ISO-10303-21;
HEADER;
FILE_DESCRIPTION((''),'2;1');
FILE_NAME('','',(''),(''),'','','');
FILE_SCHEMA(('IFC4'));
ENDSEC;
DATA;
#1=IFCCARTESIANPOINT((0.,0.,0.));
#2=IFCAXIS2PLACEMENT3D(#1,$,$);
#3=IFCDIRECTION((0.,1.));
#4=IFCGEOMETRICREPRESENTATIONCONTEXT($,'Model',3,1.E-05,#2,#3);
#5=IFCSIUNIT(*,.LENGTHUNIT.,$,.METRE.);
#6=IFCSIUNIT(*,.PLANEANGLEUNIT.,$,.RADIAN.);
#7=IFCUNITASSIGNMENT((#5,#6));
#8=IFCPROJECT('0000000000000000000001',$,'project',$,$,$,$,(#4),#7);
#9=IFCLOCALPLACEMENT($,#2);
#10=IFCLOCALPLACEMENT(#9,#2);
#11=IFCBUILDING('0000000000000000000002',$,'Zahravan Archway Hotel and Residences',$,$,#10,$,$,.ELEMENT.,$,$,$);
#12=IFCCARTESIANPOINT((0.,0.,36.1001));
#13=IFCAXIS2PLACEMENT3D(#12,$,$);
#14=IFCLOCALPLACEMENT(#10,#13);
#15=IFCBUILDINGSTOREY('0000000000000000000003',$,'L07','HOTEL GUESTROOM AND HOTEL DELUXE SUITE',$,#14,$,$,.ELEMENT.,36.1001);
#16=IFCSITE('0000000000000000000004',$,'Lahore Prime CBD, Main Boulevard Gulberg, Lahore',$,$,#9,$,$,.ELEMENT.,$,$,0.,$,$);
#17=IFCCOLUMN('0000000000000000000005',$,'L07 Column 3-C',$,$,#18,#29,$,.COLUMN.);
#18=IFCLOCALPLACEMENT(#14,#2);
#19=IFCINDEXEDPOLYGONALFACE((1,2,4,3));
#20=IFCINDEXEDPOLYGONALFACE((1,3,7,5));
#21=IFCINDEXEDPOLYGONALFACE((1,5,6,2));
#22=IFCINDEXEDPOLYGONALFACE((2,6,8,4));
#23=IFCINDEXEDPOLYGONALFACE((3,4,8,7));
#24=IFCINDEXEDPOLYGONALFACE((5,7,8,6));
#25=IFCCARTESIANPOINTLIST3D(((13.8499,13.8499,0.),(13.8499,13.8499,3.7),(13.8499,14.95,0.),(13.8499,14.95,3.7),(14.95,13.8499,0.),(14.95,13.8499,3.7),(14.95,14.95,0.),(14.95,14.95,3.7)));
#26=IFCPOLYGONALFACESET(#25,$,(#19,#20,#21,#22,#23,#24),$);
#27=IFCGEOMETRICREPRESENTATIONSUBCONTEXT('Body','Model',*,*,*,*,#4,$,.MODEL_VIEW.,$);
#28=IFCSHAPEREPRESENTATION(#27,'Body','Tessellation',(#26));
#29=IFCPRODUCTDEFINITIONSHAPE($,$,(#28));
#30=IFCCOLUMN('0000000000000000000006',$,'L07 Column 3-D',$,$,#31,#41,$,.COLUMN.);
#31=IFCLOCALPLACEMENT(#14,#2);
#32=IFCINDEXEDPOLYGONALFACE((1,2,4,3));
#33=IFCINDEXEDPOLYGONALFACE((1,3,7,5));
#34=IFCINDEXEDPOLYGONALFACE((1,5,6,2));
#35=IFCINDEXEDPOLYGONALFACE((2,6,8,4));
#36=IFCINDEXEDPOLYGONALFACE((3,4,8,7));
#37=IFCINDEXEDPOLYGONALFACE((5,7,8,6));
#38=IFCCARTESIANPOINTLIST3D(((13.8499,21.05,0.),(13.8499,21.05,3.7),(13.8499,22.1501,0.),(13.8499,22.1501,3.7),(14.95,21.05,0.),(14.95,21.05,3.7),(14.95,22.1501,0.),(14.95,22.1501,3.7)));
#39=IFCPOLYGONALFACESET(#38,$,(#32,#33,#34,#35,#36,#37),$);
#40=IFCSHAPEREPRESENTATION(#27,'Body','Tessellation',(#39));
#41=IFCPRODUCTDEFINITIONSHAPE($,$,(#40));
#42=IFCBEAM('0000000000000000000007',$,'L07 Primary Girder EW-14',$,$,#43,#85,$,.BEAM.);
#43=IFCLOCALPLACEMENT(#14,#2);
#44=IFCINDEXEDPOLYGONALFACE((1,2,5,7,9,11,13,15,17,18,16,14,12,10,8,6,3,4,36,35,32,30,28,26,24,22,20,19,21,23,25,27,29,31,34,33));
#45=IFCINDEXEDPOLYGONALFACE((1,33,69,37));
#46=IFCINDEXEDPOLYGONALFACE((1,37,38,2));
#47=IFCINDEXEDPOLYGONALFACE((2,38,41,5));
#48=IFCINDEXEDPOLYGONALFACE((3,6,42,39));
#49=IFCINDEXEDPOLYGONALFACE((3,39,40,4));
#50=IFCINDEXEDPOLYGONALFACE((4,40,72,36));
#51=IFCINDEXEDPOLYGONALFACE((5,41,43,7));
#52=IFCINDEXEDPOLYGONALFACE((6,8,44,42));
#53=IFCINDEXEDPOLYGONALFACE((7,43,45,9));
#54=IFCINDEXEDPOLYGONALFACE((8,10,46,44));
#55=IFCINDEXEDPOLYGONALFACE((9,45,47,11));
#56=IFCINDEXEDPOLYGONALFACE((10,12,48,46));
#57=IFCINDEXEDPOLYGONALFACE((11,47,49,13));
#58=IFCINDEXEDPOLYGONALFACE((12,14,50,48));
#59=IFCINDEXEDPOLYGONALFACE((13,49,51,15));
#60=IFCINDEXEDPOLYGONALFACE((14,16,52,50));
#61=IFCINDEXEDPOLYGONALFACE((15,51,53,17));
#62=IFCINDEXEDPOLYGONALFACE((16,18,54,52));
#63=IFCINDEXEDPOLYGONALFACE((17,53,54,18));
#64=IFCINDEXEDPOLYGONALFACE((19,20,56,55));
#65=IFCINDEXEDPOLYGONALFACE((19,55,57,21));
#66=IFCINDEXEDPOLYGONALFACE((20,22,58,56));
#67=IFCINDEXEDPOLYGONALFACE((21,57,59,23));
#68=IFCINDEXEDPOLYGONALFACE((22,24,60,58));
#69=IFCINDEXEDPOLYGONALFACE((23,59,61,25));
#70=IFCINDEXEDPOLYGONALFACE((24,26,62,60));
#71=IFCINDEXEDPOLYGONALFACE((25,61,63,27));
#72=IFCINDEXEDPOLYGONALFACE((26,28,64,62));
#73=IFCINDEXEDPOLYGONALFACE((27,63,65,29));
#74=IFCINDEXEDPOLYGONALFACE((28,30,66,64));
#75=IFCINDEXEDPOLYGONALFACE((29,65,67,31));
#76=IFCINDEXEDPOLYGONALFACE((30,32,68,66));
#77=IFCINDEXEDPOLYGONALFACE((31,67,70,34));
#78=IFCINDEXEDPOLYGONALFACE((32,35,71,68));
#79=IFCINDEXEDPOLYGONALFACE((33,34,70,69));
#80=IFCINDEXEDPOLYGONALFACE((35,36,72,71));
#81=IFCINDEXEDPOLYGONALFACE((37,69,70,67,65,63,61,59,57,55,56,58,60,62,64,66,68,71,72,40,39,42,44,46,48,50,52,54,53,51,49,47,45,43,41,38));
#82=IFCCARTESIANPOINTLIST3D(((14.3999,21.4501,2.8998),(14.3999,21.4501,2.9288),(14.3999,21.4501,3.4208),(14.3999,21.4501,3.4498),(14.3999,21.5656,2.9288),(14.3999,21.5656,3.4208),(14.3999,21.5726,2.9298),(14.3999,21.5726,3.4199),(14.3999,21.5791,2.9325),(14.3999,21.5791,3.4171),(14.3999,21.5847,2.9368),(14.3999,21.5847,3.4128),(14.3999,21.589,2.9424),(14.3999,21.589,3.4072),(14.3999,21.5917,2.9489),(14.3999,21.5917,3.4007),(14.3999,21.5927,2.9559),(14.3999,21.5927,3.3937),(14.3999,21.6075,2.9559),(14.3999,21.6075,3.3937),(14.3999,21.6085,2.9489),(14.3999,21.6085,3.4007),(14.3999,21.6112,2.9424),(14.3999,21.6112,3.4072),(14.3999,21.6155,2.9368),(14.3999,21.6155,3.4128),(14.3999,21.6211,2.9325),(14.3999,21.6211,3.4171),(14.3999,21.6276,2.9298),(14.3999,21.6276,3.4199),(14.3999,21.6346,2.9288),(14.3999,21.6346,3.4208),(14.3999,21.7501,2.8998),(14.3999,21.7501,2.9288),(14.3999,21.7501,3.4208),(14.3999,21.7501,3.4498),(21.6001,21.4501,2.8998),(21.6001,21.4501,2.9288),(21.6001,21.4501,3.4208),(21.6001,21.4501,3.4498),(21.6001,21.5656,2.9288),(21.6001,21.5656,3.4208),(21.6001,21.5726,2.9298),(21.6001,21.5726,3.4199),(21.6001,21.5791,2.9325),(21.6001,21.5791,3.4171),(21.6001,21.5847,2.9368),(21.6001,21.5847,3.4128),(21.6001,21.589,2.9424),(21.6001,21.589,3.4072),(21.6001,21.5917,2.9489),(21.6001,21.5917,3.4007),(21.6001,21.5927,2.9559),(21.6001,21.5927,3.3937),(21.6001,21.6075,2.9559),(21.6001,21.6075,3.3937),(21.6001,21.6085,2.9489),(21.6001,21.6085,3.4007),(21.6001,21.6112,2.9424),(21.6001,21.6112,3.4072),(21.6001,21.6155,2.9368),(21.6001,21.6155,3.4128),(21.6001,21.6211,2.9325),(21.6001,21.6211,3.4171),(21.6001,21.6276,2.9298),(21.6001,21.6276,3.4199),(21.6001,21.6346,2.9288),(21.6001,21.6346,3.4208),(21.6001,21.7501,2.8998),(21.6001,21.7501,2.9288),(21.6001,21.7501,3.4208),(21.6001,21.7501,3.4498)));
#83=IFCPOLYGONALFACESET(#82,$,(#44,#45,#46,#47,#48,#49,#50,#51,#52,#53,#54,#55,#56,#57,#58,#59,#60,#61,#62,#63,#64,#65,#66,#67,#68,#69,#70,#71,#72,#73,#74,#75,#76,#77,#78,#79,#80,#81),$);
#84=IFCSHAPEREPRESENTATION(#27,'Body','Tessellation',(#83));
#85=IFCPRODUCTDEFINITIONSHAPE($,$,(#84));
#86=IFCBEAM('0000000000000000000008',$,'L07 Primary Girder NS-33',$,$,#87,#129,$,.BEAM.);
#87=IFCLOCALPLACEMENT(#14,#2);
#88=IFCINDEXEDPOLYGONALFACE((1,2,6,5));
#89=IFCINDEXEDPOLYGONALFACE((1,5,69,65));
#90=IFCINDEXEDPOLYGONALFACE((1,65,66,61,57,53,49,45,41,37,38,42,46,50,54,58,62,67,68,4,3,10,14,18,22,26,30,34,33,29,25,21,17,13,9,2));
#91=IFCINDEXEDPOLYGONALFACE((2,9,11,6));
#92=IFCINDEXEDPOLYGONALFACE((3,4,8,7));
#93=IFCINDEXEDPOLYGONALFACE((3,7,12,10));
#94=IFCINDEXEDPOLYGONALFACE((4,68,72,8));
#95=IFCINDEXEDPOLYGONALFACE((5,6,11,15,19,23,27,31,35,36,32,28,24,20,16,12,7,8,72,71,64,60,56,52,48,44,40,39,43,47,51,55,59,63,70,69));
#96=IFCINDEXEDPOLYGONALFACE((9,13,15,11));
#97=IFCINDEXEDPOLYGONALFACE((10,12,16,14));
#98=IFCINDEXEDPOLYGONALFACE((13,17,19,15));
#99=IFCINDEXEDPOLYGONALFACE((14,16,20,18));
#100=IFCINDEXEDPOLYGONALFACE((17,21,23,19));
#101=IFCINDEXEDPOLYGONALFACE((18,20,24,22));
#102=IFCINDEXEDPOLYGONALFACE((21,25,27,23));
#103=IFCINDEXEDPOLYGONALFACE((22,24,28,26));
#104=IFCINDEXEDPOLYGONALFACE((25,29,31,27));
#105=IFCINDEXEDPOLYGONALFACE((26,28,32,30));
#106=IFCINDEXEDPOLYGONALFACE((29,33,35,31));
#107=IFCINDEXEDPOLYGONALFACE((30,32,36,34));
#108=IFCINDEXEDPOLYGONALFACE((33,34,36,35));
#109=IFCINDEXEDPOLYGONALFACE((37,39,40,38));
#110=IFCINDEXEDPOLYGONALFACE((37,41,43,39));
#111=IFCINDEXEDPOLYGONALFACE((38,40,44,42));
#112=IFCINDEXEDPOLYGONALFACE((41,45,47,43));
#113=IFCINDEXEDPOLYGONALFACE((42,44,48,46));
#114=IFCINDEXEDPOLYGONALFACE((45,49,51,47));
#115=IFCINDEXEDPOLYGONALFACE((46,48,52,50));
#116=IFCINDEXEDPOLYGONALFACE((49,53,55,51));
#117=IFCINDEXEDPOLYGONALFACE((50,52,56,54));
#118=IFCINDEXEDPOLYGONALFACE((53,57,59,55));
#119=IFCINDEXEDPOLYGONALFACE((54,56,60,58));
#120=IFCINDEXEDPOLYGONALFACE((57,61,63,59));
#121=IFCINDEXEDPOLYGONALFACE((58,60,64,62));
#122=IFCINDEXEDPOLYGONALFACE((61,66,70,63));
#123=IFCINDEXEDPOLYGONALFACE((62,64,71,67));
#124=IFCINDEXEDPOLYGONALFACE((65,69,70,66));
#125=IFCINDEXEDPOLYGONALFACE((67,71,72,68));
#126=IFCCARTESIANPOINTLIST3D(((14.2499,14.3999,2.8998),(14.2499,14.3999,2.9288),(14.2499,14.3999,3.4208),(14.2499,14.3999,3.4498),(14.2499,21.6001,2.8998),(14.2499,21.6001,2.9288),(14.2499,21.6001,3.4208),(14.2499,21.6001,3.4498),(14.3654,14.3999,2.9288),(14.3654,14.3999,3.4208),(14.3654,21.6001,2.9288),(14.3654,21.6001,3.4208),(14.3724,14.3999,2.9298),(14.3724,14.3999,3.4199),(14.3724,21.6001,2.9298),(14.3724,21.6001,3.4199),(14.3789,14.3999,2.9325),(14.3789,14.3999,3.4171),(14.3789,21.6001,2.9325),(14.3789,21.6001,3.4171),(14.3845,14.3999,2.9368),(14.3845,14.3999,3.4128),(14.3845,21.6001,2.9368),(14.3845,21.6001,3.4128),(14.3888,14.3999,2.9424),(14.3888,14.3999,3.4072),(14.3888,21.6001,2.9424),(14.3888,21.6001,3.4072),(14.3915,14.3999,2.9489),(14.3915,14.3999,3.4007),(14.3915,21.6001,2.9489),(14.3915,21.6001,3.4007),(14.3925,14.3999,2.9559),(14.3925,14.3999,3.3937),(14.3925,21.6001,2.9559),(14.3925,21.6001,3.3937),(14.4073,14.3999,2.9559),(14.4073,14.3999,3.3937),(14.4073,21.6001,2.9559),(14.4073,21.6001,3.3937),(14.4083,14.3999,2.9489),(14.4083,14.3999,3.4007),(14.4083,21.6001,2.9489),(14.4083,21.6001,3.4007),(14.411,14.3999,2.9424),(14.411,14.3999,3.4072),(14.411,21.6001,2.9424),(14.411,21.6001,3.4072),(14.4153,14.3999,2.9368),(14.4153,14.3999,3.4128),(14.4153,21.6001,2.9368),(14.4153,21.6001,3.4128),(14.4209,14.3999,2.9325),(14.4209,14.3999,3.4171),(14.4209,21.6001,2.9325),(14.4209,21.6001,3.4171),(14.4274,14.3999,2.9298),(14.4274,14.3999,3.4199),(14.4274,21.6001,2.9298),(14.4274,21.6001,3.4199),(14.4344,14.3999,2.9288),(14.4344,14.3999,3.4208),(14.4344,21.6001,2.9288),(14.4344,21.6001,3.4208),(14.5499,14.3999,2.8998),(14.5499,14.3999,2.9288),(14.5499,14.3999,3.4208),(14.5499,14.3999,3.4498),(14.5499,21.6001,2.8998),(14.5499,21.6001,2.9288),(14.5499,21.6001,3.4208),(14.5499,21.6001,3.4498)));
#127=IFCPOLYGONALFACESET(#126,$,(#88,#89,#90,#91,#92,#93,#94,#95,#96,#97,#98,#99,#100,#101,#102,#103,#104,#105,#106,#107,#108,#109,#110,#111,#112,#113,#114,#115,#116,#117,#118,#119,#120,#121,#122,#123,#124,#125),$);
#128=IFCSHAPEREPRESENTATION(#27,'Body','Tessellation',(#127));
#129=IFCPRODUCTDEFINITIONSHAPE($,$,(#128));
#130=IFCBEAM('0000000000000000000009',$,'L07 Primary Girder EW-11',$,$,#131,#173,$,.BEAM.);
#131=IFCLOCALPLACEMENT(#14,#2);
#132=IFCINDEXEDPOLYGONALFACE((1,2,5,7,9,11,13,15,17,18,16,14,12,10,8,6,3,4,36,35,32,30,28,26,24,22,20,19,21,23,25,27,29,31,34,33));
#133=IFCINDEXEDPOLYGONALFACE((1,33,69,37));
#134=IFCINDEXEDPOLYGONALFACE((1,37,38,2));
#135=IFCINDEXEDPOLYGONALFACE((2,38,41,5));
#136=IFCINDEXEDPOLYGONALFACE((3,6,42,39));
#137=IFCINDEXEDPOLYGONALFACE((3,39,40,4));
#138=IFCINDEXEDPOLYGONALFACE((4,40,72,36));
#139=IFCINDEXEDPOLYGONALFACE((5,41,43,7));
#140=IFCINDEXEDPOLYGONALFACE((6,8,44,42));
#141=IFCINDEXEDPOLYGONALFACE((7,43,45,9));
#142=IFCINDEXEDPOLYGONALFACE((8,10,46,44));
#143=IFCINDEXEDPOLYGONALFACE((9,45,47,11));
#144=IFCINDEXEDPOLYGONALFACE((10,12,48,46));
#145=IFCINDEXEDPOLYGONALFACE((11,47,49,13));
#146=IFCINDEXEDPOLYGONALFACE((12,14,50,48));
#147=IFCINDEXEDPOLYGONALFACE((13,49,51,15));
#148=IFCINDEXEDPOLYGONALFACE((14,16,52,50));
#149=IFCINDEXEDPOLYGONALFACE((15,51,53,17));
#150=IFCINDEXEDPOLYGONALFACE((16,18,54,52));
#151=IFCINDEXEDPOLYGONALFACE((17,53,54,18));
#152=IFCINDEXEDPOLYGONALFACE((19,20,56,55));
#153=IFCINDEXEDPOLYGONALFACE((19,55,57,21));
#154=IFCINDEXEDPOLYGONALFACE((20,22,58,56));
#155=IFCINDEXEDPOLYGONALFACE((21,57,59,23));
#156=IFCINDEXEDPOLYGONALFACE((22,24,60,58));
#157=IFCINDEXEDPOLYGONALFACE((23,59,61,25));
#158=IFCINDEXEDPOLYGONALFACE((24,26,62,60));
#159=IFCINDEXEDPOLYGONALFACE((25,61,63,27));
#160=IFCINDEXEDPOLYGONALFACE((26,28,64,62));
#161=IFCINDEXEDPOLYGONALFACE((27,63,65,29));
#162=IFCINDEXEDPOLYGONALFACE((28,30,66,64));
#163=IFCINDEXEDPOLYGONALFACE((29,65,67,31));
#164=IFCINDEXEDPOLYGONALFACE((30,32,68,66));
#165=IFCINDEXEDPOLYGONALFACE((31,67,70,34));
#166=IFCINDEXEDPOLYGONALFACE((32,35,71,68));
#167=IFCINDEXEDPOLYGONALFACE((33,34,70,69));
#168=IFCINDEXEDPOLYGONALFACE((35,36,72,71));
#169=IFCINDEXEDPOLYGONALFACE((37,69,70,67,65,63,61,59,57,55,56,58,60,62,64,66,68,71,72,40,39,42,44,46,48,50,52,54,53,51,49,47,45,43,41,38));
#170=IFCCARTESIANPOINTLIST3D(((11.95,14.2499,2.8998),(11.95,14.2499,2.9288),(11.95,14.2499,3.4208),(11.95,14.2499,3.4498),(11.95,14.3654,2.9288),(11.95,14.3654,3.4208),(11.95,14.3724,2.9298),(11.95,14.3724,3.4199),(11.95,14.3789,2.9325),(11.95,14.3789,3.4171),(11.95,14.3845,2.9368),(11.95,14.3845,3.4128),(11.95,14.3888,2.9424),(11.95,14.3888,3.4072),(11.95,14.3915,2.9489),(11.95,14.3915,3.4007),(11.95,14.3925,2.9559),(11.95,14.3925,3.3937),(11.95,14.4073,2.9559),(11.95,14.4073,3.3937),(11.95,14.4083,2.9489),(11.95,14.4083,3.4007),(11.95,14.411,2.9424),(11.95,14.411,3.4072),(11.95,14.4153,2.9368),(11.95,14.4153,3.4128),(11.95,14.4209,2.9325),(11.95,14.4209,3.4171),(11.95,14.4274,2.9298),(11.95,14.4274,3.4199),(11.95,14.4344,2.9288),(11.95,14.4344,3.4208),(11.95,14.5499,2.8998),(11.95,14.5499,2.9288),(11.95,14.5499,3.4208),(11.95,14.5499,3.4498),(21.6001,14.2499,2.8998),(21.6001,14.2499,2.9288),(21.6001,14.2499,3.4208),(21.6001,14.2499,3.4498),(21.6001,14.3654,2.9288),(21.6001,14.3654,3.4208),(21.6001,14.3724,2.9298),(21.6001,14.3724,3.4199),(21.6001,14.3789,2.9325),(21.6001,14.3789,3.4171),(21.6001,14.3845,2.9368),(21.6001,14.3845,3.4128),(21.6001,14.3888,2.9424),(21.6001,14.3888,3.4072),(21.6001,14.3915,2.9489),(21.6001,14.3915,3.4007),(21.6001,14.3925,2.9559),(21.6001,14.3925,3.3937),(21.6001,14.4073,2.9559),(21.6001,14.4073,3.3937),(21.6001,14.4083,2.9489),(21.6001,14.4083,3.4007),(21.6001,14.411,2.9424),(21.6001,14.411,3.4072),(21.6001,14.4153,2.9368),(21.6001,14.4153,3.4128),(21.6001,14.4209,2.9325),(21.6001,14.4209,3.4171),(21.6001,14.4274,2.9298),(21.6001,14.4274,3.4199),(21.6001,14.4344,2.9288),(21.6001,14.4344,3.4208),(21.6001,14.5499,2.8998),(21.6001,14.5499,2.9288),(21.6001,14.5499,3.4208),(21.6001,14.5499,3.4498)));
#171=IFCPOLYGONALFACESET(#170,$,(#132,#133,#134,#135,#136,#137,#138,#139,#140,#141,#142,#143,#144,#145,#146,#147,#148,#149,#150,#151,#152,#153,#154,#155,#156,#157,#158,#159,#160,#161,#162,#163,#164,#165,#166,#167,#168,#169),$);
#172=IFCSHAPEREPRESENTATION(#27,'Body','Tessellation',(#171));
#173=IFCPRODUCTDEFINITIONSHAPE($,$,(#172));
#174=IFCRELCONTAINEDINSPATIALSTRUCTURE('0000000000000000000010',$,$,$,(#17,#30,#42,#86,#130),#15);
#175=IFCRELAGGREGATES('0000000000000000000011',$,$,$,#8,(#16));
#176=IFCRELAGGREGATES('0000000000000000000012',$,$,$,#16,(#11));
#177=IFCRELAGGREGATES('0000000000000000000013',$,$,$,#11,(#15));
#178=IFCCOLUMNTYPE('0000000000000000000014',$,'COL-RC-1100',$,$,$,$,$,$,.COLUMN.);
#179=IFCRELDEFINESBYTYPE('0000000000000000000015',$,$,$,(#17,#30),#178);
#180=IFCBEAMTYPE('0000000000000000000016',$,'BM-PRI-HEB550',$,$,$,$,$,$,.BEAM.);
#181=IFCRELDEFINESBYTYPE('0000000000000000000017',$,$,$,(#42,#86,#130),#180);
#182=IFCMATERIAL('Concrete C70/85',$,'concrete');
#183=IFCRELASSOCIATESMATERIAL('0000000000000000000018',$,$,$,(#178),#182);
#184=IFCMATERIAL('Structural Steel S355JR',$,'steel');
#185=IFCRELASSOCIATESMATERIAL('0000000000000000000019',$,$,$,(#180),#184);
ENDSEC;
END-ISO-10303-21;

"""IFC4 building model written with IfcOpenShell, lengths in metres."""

from ifc_helpers import new_model, si_unit, direction, frame, origin, origin_2d, place, context, subcontext, project, spatial, rectangle, i_section, extrude, source, transform, mapped, material, material_profile, profile_set, type_object, type_shapes, element, save


model = new_model("IFC4")

# Units and contexts
model_context = context("Model", 3, precision=1e-05, world=origin(), true_north=direction((0.0, 1.0)))
body_context = subcontext(model_context, "Body", "Model", "MODEL_VIEW")
ifc_project = project(units=[si_unit("LENGTHUNIT", "METRE"), si_unit("PLANEANGLEUNIT", "RADIAN")], contexts=[model_context])

# Site, building, storey
site_placement = place(None, origin())
site = spatial("IfcSite", under=ifc_project, at=site_placement, Name="Lahore Prime CBD, Main Boulevard Gulberg, Lahore", CompositionType="ELEMENT", RefElevation=0.0)
building_placement = place(site_placement, origin())
building = spatial("IfcBuilding", under=site, at=building_placement, Name="Zahravan Archway Hotel and Residences", CompositionType="ELEMENT")
storey_placement = place(building_placement, frame((0.0, 0.0, 36.1001)))
storey = spatial("IfcBuildingStorey", under=building, at=storey_placement, Name="L07", Description="HOTEL GUESTROOM AND HOTEL DELUXE SUITE", CompositionType="ELEMENT", Elevation=36.1001)

# Columns
ifc_material_1 = material(Name="Concrete C70/85", Category="concrete")
ifc_material_profile_1 = material_profile(ifc_material_1, rectangle(XDim=1.1001, YDim=1.1001, at=origin_2d()), Name="RC 1100x1100", Category="concrete")
ifc_profile_set_1 = profile_set([ifc_material_profile_1], Name="Concrete C70/85")
column_type = type_object("IfcColumnType", Name="COL-RC-1100", PredefinedType="COLUMN", material=ifc_profile_set_1)
shared_shape_1 = source(origin(), body_context, "Body", "SweptSolid", [
    extrude(rectangle(XDim=1.1001, YDim=1.1001, at=origin_2d()), origin(), (0.0, 0.0, 1.0), 3.7),
])
for number, where, z_axis, x_axis, name in (
    (1, (14.3999, 14.3999, 0.0), (0.0, 0.0, 1.0), (1.0, 0.0, 0.0), "L07 Column 3-C"),
    (2, (14.3999, 21.6001, 0.0), (0.0, 0.0, 1.0), (1.0, 0.0, 0.0), "L07 Column 3-D"),
):
    element("IfcColumn", number, at=place(storey_placement, frame(where, z_axis=z_axis, x_axis=x_axis)), inside=storey, type_object=column_type, Name=name, PredefinedType="COLUMN", context=body_context, shape_type="MappedRepresentation", body=[
        mapped(shared_shape_1, transform((0.0, 0.0, 0.0), scale=1.0)),
    ])

# Beams
ifc_material_2 = material(Name="Structural Steel S355JR", Category="steel")
ifc_material_profile_2 = material_profile(ifc_material_2, i_section(OverallWidth=0.3, OverallDepth=0.55, WebThickness=0.0149, FlangeThickness=0.0291, FilletRadius=0.0271, at=origin_2d()), Name="HEB 550", Category="steel")
ifc_profile_set_2 = profile_set([ifc_material_profile_2], Name="Structural Steel S355JR")
beam_type = type_object("IfcBeamType", Name="BM-PRI-HEB550", PredefinedType="BEAM", material=ifc_profile_set_2)
shared_shape_2 = source(origin(), body_context, "Body", "SweptSolid", [
    extrude(i_section(OverallWidth=0.3, OverallDepth=0.55, WebThickness=0.0149, FlangeThickness=0.0291, FilletRadius=0.0271, at=origin_2d()), origin(), (0.0, 0.0, 1.0), 7.2002),
])
type_shapes(beam_type, [shared_shape_2])
for number, where, z_axis, x_axis, name in (
    (3, (14.3999, 21.6001, 3.1748), (1.0, 0.0, 0.0), (0.0, 1.0, 0.0), "L07 Primary Girder EW-14"),
    (4, (14.3999, 14.3999, 3.1748), (0.0, 1.0, 0.0), (-1.0, 0.0, 0.0), "L07 Primary Girder NS-33"),
):
    element("IfcBeam", number, at=place(storey_placement, frame(where, z_axis=z_axis, x_axis=x_axis)), inside=storey, type_object=beam_type, Name=name, PredefinedType="BEAM", context=body_context, shape_type="MappedRepresentation", body=[
        mapped(shared_shape_2, transform((0.0, 0.0, 0.0), scale=1.0)),
    ])
shared_shape_3 = source(origin(), body_context, "Body", "SweptSolid", [
    extrude(i_section(OverallWidth=0.3, OverallDepth=0.55, WebThickness=0.0149, FlangeThickness=0.0291, FilletRadius=0.0271, at=origin_2d()), origin(), (0.0, 0.0, 1.0), 9.6501),
])
beam_placement = place(storey_placement, frame((11.95, 14.3999, 3.1748), z_axis=(1.0, 0.0, 0.0), x_axis=(0.0, 1.0, 0.0)))
element("IfcBeam", 5, at=beam_placement, inside=storey, type_object=beam_type, Name="L07 Primary Girder EW-11", PredefinedType="BEAM", context=body_context, shape_type="MappedRepresentation", body=[
    mapped(shared_shape_3, transform((0.0, 0.0, 0.0), scale=1.0)),
])

save(model, "model.ifc")
